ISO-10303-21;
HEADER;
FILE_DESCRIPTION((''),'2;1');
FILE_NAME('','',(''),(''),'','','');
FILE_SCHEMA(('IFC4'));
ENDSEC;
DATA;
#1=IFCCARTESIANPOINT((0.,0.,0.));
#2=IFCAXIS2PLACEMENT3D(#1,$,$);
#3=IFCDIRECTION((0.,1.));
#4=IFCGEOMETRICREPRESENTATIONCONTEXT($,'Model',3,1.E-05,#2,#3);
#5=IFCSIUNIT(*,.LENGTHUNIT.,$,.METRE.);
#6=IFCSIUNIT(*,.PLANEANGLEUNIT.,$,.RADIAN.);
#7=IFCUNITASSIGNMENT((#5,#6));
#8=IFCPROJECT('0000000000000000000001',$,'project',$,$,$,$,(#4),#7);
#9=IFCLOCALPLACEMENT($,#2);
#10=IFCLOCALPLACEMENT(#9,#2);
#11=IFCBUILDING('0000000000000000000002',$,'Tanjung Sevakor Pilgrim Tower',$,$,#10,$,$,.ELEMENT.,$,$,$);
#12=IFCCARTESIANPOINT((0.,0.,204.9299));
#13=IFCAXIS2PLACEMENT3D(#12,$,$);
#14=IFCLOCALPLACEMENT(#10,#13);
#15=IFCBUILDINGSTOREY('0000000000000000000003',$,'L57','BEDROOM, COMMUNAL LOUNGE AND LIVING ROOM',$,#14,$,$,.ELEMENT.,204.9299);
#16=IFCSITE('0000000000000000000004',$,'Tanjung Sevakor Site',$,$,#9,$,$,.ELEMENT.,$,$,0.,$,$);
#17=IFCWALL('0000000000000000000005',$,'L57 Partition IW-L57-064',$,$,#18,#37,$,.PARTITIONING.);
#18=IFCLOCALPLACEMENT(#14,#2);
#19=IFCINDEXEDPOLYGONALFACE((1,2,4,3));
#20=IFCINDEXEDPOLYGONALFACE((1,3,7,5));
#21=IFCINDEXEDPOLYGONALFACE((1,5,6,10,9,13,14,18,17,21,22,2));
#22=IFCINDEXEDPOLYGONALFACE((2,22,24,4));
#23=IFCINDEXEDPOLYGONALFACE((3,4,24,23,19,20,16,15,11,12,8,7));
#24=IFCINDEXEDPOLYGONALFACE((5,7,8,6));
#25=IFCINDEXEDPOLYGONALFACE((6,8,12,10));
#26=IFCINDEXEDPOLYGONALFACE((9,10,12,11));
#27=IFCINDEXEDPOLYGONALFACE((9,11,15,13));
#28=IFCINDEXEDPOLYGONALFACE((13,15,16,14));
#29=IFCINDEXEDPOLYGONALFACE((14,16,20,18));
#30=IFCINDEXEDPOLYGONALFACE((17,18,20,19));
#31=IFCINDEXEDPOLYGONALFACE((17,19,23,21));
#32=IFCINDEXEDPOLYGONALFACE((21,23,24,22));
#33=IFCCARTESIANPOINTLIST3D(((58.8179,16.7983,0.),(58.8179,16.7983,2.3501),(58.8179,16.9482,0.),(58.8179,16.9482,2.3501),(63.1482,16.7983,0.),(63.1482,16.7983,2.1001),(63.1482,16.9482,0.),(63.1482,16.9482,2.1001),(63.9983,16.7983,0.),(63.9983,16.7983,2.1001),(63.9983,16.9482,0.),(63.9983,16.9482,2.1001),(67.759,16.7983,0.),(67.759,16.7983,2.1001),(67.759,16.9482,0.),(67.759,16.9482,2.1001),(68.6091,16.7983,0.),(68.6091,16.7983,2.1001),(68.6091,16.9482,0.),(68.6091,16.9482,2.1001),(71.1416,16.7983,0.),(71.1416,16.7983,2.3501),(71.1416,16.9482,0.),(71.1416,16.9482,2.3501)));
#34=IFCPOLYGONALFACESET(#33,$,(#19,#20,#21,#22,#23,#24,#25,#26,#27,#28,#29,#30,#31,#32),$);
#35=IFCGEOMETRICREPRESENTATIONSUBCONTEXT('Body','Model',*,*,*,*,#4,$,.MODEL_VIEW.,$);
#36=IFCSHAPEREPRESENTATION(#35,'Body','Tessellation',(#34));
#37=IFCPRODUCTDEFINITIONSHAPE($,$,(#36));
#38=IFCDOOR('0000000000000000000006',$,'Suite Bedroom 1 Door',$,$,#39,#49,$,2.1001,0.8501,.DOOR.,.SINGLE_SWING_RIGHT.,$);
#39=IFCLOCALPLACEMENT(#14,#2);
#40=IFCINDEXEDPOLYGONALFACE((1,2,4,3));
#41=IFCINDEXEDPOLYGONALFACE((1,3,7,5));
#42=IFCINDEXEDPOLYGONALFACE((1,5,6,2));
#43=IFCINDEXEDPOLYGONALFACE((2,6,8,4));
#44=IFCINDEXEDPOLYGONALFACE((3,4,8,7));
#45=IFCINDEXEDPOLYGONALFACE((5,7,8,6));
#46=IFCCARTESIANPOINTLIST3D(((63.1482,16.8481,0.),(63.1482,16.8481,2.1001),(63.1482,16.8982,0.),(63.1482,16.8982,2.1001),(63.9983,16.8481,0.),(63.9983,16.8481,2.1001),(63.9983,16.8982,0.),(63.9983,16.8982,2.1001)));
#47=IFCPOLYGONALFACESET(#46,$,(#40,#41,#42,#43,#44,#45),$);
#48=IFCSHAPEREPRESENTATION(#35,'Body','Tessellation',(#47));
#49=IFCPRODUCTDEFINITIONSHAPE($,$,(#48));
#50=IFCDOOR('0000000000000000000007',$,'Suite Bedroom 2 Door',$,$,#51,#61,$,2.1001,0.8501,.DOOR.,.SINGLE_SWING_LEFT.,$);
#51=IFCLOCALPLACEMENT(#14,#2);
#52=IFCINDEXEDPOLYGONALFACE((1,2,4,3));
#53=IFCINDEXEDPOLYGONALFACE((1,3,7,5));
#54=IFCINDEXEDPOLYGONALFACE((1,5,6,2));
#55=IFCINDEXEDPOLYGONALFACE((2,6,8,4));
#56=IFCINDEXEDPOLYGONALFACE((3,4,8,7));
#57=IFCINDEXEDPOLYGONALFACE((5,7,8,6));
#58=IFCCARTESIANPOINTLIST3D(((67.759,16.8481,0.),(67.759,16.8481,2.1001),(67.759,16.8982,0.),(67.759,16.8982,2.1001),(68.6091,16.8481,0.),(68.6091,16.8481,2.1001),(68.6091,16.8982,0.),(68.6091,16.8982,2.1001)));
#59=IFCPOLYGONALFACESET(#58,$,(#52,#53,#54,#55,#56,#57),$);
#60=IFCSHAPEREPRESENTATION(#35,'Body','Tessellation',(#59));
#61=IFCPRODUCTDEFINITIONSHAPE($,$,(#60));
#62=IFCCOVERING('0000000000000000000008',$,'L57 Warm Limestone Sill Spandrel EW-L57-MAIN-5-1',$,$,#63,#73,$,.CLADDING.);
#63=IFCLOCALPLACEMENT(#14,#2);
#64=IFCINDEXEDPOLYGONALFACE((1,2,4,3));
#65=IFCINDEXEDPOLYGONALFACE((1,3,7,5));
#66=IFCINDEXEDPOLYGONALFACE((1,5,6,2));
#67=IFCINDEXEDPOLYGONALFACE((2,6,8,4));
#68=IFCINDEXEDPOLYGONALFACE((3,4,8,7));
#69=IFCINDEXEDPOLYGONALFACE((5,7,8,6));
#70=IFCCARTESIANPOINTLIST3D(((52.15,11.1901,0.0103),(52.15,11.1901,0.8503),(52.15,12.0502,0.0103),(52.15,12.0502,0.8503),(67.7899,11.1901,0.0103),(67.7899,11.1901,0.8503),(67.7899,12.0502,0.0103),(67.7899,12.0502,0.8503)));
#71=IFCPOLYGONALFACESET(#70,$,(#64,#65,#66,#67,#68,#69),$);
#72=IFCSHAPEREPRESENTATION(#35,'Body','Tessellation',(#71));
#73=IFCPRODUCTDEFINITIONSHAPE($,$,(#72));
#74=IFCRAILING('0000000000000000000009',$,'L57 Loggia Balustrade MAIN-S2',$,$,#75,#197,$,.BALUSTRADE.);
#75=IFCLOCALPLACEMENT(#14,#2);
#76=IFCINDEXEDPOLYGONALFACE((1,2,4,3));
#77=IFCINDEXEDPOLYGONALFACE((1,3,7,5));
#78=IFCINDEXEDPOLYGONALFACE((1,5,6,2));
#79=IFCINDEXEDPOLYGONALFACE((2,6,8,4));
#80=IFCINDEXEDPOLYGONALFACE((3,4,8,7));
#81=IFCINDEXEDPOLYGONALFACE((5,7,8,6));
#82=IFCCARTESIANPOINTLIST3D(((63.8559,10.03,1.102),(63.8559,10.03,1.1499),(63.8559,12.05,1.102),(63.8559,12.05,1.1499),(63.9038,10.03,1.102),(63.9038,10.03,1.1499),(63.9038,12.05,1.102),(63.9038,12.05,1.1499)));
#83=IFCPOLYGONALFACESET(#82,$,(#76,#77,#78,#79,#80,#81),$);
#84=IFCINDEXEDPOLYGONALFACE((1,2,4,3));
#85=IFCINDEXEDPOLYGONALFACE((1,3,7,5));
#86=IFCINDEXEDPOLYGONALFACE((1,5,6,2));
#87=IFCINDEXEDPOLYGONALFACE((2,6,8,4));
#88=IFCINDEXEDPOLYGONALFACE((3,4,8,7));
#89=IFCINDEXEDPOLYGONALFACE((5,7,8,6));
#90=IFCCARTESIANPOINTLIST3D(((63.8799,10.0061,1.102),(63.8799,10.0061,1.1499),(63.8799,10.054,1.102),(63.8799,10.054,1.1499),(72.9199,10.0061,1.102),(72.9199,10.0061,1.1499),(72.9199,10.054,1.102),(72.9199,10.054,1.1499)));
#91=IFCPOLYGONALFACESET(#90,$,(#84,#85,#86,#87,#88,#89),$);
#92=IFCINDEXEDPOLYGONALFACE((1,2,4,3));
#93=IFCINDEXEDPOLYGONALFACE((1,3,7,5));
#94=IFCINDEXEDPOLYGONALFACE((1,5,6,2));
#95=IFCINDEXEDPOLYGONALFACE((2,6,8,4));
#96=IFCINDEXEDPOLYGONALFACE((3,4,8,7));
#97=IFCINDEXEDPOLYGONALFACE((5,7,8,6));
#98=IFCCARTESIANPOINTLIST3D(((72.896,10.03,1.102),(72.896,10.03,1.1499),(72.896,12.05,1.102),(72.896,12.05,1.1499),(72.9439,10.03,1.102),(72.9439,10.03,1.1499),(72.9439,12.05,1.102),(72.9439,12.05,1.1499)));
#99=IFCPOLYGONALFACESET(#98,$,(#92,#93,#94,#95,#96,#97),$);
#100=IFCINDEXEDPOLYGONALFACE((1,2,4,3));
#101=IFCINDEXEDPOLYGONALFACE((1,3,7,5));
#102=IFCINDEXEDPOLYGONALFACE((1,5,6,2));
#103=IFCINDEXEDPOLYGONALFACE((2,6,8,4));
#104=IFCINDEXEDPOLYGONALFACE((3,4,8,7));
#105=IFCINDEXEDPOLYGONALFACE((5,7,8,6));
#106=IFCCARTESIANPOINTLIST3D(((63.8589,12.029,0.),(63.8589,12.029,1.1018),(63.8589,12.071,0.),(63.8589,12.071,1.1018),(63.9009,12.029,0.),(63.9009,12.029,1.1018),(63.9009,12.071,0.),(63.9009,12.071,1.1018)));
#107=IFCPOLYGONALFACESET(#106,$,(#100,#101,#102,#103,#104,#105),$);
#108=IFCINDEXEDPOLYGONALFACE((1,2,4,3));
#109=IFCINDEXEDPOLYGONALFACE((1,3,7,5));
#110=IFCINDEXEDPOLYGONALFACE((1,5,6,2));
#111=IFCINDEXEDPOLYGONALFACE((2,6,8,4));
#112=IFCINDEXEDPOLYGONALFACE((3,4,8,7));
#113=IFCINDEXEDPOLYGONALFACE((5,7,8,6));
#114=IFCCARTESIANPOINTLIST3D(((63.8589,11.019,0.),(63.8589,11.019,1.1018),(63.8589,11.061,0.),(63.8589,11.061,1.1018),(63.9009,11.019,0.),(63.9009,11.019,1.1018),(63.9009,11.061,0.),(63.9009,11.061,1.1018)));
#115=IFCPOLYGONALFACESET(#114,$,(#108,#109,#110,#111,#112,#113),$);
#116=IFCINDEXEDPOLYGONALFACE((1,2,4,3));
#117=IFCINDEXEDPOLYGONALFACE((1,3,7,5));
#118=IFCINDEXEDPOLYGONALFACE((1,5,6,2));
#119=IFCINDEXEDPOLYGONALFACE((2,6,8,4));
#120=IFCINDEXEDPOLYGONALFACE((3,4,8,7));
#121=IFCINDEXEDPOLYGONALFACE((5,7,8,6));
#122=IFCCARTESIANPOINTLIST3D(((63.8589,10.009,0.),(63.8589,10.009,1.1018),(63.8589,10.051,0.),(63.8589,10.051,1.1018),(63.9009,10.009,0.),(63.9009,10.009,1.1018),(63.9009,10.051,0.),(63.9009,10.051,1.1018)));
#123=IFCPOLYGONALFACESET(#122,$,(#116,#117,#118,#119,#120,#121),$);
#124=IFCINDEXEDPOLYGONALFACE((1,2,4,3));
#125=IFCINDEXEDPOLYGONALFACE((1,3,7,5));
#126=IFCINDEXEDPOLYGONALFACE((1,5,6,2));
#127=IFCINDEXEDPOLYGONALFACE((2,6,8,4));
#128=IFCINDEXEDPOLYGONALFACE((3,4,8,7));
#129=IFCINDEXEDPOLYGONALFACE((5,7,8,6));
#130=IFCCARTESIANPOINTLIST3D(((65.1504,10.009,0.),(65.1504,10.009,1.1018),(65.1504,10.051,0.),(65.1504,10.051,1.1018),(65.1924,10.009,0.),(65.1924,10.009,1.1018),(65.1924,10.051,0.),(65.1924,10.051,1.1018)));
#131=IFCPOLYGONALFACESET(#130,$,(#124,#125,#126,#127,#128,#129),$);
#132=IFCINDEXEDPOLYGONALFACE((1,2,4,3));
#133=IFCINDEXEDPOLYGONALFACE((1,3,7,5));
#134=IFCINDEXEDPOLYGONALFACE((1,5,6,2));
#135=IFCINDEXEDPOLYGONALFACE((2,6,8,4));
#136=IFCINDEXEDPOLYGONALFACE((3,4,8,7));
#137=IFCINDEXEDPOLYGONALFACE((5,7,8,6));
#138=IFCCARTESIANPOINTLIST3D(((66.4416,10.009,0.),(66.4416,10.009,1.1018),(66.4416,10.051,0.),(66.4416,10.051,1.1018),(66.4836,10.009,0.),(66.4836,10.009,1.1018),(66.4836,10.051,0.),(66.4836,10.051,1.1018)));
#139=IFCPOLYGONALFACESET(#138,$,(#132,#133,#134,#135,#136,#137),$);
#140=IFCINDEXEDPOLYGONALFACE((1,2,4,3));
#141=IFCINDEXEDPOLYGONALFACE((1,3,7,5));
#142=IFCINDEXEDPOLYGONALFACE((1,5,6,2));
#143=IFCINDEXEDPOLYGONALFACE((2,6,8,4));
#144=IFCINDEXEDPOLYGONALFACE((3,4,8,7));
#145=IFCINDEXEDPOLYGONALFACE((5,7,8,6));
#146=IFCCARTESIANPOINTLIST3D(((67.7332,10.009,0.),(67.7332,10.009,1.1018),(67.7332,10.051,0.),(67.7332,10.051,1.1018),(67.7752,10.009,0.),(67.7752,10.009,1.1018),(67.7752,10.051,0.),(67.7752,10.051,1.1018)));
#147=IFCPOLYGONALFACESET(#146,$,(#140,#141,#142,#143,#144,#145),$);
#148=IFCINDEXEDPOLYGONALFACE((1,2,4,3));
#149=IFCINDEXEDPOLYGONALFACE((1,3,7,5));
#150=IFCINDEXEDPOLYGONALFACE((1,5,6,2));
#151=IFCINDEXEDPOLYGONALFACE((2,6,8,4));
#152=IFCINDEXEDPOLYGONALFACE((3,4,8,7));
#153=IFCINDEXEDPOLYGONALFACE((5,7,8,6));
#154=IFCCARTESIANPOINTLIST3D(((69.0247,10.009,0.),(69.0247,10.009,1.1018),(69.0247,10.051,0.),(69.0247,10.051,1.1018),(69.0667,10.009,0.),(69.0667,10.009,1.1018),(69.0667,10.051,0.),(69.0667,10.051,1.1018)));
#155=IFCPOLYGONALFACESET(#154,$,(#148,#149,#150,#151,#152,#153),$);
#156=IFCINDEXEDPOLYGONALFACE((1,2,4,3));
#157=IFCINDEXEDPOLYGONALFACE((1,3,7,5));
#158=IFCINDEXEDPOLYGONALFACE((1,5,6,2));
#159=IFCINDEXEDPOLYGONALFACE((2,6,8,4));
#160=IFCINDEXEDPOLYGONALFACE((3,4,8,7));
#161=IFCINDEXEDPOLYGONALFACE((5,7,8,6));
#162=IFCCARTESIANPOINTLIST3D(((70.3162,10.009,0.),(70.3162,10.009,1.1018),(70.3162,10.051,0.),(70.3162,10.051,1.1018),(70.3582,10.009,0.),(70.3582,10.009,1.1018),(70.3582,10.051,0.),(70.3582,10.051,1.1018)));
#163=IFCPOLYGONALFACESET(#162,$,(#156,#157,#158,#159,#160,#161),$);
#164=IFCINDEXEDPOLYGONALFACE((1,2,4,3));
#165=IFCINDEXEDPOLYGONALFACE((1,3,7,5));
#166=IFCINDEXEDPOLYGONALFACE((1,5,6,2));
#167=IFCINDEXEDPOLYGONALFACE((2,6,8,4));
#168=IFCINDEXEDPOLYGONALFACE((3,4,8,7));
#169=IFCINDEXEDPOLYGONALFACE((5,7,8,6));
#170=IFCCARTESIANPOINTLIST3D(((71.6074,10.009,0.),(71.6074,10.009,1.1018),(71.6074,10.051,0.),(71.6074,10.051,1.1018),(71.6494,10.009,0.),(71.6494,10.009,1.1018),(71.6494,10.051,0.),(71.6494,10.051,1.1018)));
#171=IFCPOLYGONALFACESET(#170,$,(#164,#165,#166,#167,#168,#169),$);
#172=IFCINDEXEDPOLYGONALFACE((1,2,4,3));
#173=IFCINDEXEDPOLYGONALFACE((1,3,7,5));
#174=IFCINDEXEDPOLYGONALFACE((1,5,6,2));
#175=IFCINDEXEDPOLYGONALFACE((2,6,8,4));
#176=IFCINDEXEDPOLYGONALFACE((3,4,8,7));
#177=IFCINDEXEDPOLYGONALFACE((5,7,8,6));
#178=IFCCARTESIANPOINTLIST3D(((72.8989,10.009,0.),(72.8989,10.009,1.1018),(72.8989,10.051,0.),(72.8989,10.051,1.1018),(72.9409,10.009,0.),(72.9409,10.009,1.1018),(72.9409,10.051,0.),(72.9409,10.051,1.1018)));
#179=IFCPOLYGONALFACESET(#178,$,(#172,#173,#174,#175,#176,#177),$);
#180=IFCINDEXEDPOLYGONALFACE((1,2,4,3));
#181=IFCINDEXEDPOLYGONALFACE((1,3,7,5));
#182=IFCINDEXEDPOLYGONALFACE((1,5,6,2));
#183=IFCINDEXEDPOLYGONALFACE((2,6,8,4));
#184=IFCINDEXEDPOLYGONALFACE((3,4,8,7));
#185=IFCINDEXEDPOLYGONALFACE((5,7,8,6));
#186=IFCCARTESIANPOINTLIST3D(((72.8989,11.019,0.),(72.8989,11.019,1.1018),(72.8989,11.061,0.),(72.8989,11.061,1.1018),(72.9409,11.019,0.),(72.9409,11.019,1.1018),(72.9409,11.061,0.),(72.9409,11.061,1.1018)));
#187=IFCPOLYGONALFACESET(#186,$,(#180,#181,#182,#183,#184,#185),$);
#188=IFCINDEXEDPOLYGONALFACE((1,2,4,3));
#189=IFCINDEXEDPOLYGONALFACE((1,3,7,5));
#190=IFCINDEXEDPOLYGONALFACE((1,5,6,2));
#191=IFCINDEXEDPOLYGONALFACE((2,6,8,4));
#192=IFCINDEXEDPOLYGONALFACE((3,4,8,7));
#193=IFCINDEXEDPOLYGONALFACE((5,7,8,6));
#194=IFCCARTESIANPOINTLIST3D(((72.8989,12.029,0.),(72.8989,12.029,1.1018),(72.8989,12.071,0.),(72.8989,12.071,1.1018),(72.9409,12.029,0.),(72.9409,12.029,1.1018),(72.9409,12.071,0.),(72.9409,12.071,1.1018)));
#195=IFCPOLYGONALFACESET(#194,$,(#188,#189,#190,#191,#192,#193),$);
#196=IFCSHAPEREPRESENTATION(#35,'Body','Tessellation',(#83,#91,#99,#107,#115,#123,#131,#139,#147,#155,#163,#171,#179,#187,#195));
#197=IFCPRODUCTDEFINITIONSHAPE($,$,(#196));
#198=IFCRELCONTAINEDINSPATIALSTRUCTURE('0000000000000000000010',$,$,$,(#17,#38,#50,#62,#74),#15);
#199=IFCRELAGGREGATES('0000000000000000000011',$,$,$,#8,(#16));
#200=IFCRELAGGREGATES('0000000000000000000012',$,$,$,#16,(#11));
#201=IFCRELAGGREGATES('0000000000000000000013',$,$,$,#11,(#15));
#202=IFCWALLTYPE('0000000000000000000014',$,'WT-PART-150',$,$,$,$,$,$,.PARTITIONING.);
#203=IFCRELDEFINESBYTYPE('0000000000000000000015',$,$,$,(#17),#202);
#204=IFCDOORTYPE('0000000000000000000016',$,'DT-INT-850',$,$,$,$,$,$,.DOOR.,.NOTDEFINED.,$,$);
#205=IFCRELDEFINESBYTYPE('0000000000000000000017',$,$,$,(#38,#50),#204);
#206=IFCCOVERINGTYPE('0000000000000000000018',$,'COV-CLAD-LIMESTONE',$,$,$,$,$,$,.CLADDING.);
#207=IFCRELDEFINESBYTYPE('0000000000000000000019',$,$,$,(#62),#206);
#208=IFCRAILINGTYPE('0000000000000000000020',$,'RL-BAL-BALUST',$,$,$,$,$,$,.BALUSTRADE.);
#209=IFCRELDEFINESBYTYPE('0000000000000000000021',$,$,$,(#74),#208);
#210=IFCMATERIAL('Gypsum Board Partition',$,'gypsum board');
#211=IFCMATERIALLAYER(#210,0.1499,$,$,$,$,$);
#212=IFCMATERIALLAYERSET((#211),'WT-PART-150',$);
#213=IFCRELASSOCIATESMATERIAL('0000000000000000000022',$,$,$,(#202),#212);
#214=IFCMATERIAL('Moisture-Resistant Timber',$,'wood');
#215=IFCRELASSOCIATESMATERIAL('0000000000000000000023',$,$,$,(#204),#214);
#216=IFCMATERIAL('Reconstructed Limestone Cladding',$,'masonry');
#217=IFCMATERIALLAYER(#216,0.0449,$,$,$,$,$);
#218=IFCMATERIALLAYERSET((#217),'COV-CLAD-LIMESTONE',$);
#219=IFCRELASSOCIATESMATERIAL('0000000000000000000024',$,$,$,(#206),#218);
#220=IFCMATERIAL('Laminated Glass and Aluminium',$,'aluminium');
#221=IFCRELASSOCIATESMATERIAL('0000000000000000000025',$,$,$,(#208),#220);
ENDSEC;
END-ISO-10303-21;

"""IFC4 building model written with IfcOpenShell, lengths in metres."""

from ifc_helpers import new_model, si_unit, direction, frame, frame_2d, origin, origin_2d, place, context, subcontext, project, spatial, rectangle, extrude, material, layer, layer_set, type_object, element, fill, save


model = new_model("IFC4")

# Units and contexts
model_context = context("Model", 3, precision=1e-05, world=origin(), true_north=direction((0.0, 1.0)))
body_context = subcontext(model_context, "Body", "Model", "MODEL_VIEW")
ifc_project = project(units=[si_unit("LENGTHUNIT", "METRE"), si_unit("PLANEANGLEUNIT", "RADIAN")], contexts=[model_context])

# Site, building, storey
site_placement = place(None, origin())
site = spatial("IfcSite", under=ifc_project, at=site_placement, Name="Tanjung Sevakor Site", CompositionType="ELEMENT", RefElevation=0.0)
building_placement = place(site_placement, origin())
building = spatial("IfcBuilding", under=site, at=building_placement, Name="Tanjung Sevakor Pilgrim Tower", CompositionType="ELEMENT")
storey_placement = place(building_placement, frame((0.0, 0.0, 204.9299)))
storey = spatial("IfcBuildingStorey", under=building, at=storey_placement, Name="L57", Description="BEDROOM, COMMUNAL LOUNGE AND LIVING ROOM", CompositionType="ELEMENT", Elevation=204.9299)

# Shared definitions
ifc_material_1 = material(Name="Gypsum Board Partition", Category="gypsum board")
ifc_layer_1 = layer(ifc_material_1, 0.1499)
ifc_layer_set_1 = layer_set([ifc_layer_1], Name="WT-PART-150")
wall_type_1 = type_object("IfcWallType", Name="WT-PART-150", PredefinedType="PARTITIONING", material=ifc_layer_set_1)

# Shared definitions
ifc_material_2 = material(Name="Moisture-Resistant Timber", Category="wood")
door_type_1 = type_object("IfcDoorType", Name="DT-INT-850", OperationType="NOTDEFINED", PredefinedType="DOOR", material=ifc_material_2)

# Wall, openings, doors
wall_1_placement = place(storey_placement, frame((58.8179, 16.8733, 0.0), z_axis=(0.0, 0.0, 1.0), x_axis=(1.0, 0.0, 0.0)))
wall_1 = element("IfcWall", 1, at=wall_1_placement, inside=storey, type_object=wall_type_1, Name="L57 Partition IW-L57-064", PredefinedType="PARTITIONING", context=body_context, shape_type="SweptSolid", body=[
    extrude(rectangle(XDim=12.3237, YDim=0.1499, at=frame_2d((6.1619, 0.0))), origin(), (0.0, 0.0, 1.0), 2.3501),
])
opening_1_placement = place(wall_1_placement, frame((4.3303, 0.0, 0.0)))
opening_1 = element("IfcOpeningElement", 2, at=opening_1_placement, cuts=wall_1, PredefinedType="OPENING", context=body_context, shape_type="SweptSolid", body=[
    extrude(rectangle(XDim=0.8501, YDim=2.1001, at=frame_2d((0.425, 1.05))), frame((0.0, 0.085, 0.0), z_axis=(0.0, -1.0, 0.0), x_axis=(1.0, 0.0, 0.0)), (0.0, 0.0, 1.0), 0.1699),
])
opening_2_placement = place(wall_1_placement, frame((8.9412, 0.0, 0.0)))
opening_2 = element("IfcOpeningElement", 3, at=opening_2_placement, cuts=wall_1, PredefinedType="OPENING", context=body_context, shape_type="SweptSolid", body=[
    extrude(rectangle(XDim=0.8501, YDim=2.1001, at=frame_2d((0.425, 1.05))), frame((0.0, 0.085, 0.0), z_axis=(0.0, -1.0, 0.0), x_axis=(1.0, 0.0, 0.0)), (0.0, 0.0, 1.0), 0.1699),
])
door_1_placement = place(opening_1_placement, origin())
door_1 = element("IfcDoor", 4, at=door_1_placement, inside=storey, type_object=door_type_1, Name="Suite Bedroom 1 Door", OperationType="SINGLE_SWING_RIGHT", OverallHeight=2.1001, OverallWidth=0.8501, PredefinedType="DOOR", context=body_context, shape_type="SweptSolid", body=[
    extrude(rectangle(XDim=0.8501, YDim=2.1001, at=frame_2d((0.425, 1.05))), frame((0.0, 0.0249, 0.0), z_axis=(0.0, -1.0, 0.0), x_axis=(1.0, 0.0, 0.0)), (0.0, 0.0, 1.0), 0.05),
])
fill(opening_1, door_1)
door_2_placement = place(opening_2_placement, origin())
door_2 = element("IfcDoor", 5, at=door_2_placement, inside=storey, type_object=door_type_1, Name="Suite Bedroom 2 Door", OperationType="SINGLE_SWING_LEFT", OverallHeight=2.1001, OverallWidth=0.8501, PredefinedType="DOOR", context=body_context, shape_type="SweptSolid", body=[
    extrude(rectangle(XDim=0.8501, YDim=2.1001, at=frame_2d((0.425, 1.05))), frame((0.0, 0.0249, 0.0), z_axis=(0.0, -1.0, 0.0), x_axis=(1.0, 0.0, 0.0)), (0.0, 0.0, 1.0), 0.05),
])
fill(opening_2, door_2)

# Covering
ifc_material_3 = material(Name="Reconstructed Limestone Cladding", Category="masonry")
ifc_layer_2 = layer(ifc_material_3, 0.0449)
ifc_layer_set_2 = layer_set([ifc_layer_2], Name="COV-CLAD-LIMESTONE")
covering_type = type_object("IfcCoveringType", Name="COV-CLAD-LIMESTONE", PredefinedType="CLADDING", material=ifc_layer_set_2)
covering_placement = place(storey_placement, frame((59.97, 11.6201, 0.0103), z_axis=(0.0, 0.0, 1.0), x_axis=(1.0, 0.0, 0.0)))
element("IfcCovering", 6, at=covering_placement, inside=storey, type_object=covering_type, Name="L57 Warm Limestone Sill Spandrel EW-L57-MAIN-5-1", PredefinedType="CLADDING", context=body_context, shape_type="SweptSolid", body=[
    extrude(rectangle(XDim=15.6399, YDim=0.8601, at=origin_2d()), origin(), (0.0, 0.0, 1.0), 0.8401),
])

# Railing
ifc_material_4 = material(Name="Laminated Glass and Aluminium", Category="aluminium")
railing_type = type_object("IfcRailingType", Name="RL-BAL-BALUST", PredefinedType="BALUSTRADE", material=ifc_material_4)
railing_placement = place(storey_placement, frame((63.8799, 12.05, 0.0)))
element("IfcRailing", 7, at=railing_placement, inside=storey, type_object=railing_type, Name="L57 Loggia Balustrade MAIN-S2", PredefinedType="BALUSTRADE", context=body_context, shape_type="SweptSolid", body=[
    extrude(rectangle(XDim=0.0479, YDim=0.0479), frame((0.0, 0.0, 1.126), z_axis=(0.0, -1.0, 0.0), x_axis=(1.0, 0.0, 0.0)), (0.0, 0.0, 1.0), 2.02),
    extrude(rectangle(XDim=0.0479, YDim=0.0479), frame((0.0, -2.02, 1.126), z_axis=(1.0, 0.0, 0.0), x_axis=(0.0, 1.0, 0.0)), (0.0, 0.0, 1.0), 9.04),
    extrude(rectangle(XDim=0.0479, YDim=0.0479), frame((9.04, -2.02, 1.126), z_axis=(0.0, 1.0, 0.0), x_axis=(-1.0, 0.0, 0.0)), (0.0, 0.0, 1.0), 2.02),
    extrude(rectangle(XDim=0.042, YDim=0.042), origin(), (0.0, 0.0, 1.0), 1.1018),
    extrude(rectangle(XDim=0.042, YDim=0.042), frame((0.0, -1.01, 0.0)), (0.0, 0.0, 1.0), 1.1018),
    extrude(rectangle(XDim=0.042, YDim=0.042), frame((0.0, -2.02, 0.0)), (0.0, 0.0, 1.0), 1.1018),
    extrude(rectangle(XDim=0.042, YDim=0.042), frame((1.2915, -2.02, 0.0)), (0.0, 0.0, 1.0), 1.1018),
    extrude(rectangle(XDim=0.042, YDim=0.042), frame((2.5828, -2.02, 0.0)), (0.0, 0.0, 1.0), 1.1018),
    extrude(rectangle(XDim=0.042, YDim=0.042), frame((3.8743, -2.02, 0.0)), (0.0, 0.0, 1.0), 1.1018),
    extrude(rectangle(XDim=0.042, YDim=0.042), frame((5.1658, -2.02, 0.0)), (0.0, 0.0, 1.0), 1.1018),
    extrude(rectangle(XDim=0.042, YDim=0.042), frame((6.4573, -2.02, 0.0)), (0.0, 0.0, 1.0), 1.1018),
    extrude(rectangle(XDim=0.042, YDim=0.042), frame((7.7485, -2.02, 0.0)), (0.0, 0.0, 1.0), 1.1018),
    extrude(rectangle(XDim=0.042, YDim=0.042), frame((9.04, -2.02, 0.0)), (0.0, 0.0, 1.0), 1.1018),
    extrude(rectangle(XDim=0.042, YDim=0.042), frame((9.04, -1.01, 0.0)), (0.0, 0.0, 1.0), 1.1018),
    extrude(rectangle(XDim=0.042, YDim=0.042), frame((9.04, 0.0, 0.0)), (0.0, 0.0, 1.0), 1.1018),
])

save(model, "model.ifc")
